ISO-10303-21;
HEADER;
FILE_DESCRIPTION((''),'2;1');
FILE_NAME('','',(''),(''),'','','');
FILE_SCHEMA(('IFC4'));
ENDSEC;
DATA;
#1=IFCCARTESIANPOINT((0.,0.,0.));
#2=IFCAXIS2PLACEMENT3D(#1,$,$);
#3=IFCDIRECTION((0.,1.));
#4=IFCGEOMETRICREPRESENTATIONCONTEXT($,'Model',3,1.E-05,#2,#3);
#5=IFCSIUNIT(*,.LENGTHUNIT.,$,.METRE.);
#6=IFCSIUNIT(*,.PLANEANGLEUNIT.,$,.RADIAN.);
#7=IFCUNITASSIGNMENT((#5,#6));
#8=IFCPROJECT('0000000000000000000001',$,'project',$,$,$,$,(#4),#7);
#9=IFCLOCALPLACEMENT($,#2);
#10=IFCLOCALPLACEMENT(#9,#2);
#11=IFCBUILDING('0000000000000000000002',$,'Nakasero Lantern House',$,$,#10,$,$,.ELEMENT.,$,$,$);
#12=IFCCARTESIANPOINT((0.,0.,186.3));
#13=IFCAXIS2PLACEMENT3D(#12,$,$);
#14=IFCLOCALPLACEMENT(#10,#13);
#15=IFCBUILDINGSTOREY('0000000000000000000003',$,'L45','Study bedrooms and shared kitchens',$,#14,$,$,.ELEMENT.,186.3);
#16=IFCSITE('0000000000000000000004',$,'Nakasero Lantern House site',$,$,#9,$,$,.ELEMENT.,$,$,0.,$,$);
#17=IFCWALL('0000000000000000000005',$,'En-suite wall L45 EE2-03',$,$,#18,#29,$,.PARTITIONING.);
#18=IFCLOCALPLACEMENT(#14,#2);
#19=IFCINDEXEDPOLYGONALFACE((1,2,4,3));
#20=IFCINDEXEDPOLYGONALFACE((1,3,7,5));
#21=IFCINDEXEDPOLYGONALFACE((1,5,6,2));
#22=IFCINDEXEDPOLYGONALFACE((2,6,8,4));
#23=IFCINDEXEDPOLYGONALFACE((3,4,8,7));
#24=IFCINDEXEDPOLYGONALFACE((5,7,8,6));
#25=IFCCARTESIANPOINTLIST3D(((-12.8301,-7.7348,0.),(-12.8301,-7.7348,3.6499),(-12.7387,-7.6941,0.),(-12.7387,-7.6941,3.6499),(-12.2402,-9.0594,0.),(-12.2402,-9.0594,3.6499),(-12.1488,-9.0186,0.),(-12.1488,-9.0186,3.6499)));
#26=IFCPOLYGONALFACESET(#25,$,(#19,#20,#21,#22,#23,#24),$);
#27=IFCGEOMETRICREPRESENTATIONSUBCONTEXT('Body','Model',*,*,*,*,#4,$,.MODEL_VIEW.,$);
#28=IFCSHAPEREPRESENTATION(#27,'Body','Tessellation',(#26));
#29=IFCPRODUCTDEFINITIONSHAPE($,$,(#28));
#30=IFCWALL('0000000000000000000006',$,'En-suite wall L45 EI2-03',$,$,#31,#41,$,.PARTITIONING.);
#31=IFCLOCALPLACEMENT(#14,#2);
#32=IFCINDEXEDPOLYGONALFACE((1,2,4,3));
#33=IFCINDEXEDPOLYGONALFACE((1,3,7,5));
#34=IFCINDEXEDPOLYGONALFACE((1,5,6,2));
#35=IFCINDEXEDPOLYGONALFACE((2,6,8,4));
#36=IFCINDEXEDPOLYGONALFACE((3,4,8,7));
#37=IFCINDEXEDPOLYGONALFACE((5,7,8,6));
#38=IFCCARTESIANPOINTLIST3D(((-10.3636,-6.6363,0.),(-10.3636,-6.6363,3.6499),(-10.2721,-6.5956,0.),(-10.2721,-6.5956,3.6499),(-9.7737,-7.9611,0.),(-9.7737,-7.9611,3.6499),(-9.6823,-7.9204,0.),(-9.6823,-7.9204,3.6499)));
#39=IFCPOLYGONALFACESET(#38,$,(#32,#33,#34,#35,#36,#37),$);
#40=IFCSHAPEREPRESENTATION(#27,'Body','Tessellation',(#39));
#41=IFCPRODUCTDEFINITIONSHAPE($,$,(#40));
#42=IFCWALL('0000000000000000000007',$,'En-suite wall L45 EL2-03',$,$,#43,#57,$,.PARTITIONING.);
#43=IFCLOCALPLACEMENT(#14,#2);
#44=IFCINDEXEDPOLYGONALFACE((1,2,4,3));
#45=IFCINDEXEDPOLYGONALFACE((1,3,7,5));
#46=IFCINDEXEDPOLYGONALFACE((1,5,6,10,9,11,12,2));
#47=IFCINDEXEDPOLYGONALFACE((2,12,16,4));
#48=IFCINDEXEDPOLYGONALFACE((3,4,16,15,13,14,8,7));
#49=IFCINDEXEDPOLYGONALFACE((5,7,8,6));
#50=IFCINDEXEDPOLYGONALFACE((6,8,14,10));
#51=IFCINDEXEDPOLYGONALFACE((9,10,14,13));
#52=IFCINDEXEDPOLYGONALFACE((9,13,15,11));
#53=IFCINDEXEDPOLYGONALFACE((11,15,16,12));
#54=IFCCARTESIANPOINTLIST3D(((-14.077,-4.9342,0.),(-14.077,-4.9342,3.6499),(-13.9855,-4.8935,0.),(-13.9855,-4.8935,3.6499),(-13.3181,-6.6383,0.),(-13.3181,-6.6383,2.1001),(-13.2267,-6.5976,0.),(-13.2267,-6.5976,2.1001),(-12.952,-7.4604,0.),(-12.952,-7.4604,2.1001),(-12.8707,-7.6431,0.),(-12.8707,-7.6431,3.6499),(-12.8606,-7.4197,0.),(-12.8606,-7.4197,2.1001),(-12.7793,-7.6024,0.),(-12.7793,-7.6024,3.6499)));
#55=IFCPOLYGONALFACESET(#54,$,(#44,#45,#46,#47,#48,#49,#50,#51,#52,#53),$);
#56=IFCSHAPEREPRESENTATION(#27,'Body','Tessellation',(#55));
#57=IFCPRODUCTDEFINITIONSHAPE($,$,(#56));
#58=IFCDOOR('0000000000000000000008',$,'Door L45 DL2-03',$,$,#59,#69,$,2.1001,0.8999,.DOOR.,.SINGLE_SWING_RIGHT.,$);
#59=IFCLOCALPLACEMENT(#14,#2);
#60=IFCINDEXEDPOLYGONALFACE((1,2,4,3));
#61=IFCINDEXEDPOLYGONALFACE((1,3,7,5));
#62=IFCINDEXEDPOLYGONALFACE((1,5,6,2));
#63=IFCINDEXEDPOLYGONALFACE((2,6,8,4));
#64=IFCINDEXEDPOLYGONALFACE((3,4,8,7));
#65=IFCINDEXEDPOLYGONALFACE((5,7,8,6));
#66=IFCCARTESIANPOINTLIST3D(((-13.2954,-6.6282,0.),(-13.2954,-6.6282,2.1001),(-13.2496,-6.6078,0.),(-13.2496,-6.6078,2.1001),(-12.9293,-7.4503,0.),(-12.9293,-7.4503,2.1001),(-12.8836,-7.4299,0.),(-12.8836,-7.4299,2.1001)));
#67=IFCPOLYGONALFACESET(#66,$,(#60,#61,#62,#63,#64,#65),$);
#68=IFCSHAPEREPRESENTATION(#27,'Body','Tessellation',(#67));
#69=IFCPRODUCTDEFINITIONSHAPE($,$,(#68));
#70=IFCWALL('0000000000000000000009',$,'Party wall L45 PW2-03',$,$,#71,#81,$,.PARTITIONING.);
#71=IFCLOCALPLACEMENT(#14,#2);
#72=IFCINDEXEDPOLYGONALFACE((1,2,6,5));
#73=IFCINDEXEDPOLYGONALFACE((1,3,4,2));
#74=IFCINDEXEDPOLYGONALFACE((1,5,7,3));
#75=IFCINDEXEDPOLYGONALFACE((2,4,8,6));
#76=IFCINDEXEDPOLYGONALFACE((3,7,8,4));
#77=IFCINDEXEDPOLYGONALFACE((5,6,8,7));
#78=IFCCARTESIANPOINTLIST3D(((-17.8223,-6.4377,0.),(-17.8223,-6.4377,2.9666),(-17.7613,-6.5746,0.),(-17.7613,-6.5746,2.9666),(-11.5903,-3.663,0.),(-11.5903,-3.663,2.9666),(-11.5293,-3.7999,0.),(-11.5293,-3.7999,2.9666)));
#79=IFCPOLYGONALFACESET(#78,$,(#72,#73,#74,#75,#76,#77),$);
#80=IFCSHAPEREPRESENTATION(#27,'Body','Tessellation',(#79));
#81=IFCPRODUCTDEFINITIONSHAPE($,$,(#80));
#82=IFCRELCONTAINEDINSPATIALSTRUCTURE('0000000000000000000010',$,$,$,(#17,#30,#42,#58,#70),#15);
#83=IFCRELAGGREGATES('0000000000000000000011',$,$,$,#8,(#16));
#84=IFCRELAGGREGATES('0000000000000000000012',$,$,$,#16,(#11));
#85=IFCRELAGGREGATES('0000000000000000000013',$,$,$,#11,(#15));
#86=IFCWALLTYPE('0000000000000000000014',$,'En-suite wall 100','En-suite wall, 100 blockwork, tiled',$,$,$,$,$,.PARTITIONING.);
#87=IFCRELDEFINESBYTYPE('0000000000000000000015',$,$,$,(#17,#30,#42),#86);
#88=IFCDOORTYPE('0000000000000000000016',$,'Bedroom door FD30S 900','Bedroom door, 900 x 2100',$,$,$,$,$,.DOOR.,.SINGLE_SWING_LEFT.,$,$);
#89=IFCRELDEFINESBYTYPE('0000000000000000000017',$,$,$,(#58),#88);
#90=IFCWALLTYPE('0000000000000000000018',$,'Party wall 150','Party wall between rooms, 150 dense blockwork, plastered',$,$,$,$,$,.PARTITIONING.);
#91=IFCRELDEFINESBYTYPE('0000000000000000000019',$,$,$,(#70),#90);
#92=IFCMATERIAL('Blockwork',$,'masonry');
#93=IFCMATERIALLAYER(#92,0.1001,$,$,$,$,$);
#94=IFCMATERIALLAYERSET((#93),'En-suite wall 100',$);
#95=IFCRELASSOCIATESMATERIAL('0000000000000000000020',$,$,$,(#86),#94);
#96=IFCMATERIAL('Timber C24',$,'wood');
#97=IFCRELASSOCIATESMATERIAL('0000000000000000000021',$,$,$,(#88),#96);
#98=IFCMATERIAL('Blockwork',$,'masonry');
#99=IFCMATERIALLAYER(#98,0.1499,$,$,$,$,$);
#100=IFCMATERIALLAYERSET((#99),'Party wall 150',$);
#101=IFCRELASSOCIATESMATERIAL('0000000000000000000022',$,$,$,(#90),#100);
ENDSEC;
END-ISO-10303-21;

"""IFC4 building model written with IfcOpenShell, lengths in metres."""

from ifc_helpers import new_model, si_unit, direction, frame, frame_2d, origin, place, context, subcontext, project, spatial, rectangle, extrude, material, layer, layer_set, type_object, element, fill, save


model = new_model("IFC4")

# Units and contexts
model_context = context("Model", 3, precision=1e-05, world=origin(), true_north=direction((0.0, 1.0)))
body_context = subcontext(model_context, "Body", "Model", "MODEL_VIEW")
ifc_project = project(units=[si_unit("LENGTHUNIT", "METRE"), si_unit("PLANEANGLEUNIT", "RADIAN")], contexts=[model_context])

# Site, building, storey
site_placement = place(None, origin())
site = spatial("IfcSite", under=ifc_project, at=site_placement, Name="Nakasero Lantern House site", CompositionType="ELEMENT", RefElevation=0.0)
building_placement = place(site_placement, origin())
building = spatial("IfcBuilding", under=site, at=building_placement, Name="Nakasero Lantern House", CompositionType="ELEMENT")
storey_placement = place(building_placement, frame((0.0, 0.0, 186.3)))
storey = spatial("IfcBuildingStorey", under=building, at=storey_placement, Name="L45", Description="Study bedrooms and shared kitchens", CompositionType="ELEMENT", Elevation=186.3)

# Walls
ifc_material_1 = material(Name="Blockwork", Category="masonry")
ifc_layer_1 = layer(ifc_material_1, 0.1001)
ifc_layer_set_1 = layer_set([ifc_layer_1], Name="En-suite wall 100")
wall_type_1 = type_object("IfcWallType", Name="En-suite wall 100", Description="En-suite wall, 100 blockwork, tiled", PredefinedType="PARTITIONING", material=ifc_layer_set_1)
wall_1_placement = place(storey_placement, frame((-12.7844, -7.7144, 0.0), z_axis=(0.0, 0.0, 1.0), x_axis=(0.406826, -0.913506, 0.0)))
element("IfcWall", 1, at=wall_1_placement, inside=storey, type_object=wall_type_1, Name="En-suite wall L45 EE2-03", PredefinedType="PARTITIONING", context=body_context, shape_type="SweptSolid", body=[
    extrude(rectangle(XDim=1.45, YDim=0.1001, at=frame_2d((0.7251, 0.0))), origin(), (0.0, 0.0, 1.0), 3.6499),
])
wall_2_placement = place(storey_placement, frame((-10.3179, -6.616, 0.0), z_axis=(0.0, 0.0, 1.0), x_axis=(0.406763, -0.913534, 0.0)))
element("IfcWall", 2, at=wall_2_placement, inside=storey, type_object=wall_type_1, Name="En-suite wall L45 EI2-03", PredefinedType="PARTITIONING", context=body_context, shape_type="SweptSolid", body=[
    extrude(rectangle(XDim=1.4502, YDim=0.1001, at=frame_2d((0.7251, 0.0))), origin(), (0.0, 0.0, 1.0), 3.6499),
])

# Wall, opening, door
wall_3_placement = place(storey_placement, frame((-14.0312, -4.9138, 0.0), z_axis=(0.0, 0.0, 1.0), x_axis=(0.406788, -0.913523, 0.0)))
wall_3 = element("IfcWall", 3, at=wall_3_placement, inside=storey, type_object=wall_type_1, Name="En-suite wall L45 EL2-03", PredefinedType="PARTITIONING", context=body_context, shape_type="SweptSolid", body=[
    extrude(rectangle(XDim=2.9653, YDim=0.1001, at=frame_2d((1.4827, 0.0))), origin(), (0.0, 0.0, 1.0), 3.6499),
])
opening_1_placement = place(wall_3_placement, frame((1.8655, 0.0, 0.0)))
opening_1 = element("IfcOpeningElement", 4, at=opening_1_placement, cuts=wall_3, PredefinedType="OPENING", context=body_context, shape_type="SweptSolid", body=[
    extrude(rectangle(XDim=0.8999, YDim=2.1001, at=frame_2d((0.45, 1.05))), frame((0.0, 0.0701, 0.0), z_axis=(0.0, -1.0, 0.0), x_axis=(1.0, 0.0, 0.0)), (0.0, 0.0, 1.0), 0.1401),
])
ifc_material_2 = material(Name="Timber C24", Category="wood")
door_type_1 = type_object("IfcDoorType", Name="Bedroom door FD30S 900", Description="Bedroom door, 900 x 2100", OperationType="SINGLE_SWING_LEFT", PredefinedType="DOOR", material=ifc_material_2)
door_1_placement = place(opening_1_placement, origin())
door_1 = element("IfcDoor", 5, at=door_1_placement, inside=storey, type_object=door_type_1, Name="Door L45 DL2-03", OperationType="SINGLE_SWING_RIGHT", OverallHeight=2.1001, OverallWidth=0.8999, PredefinedType="DOOR", context=body_context, shape_type="SweptSolid", body=[
    extrude(rectangle(XDim=0.8999, YDim=2.1001, at=frame_2d((0.45, 1.05))), frame((0.0, 0.0249, 0.0), z_axis=(0.0, -1.0, 0.0), x_axis=(1.0, 0.0, 0.0)), (0.0, 0.0, 1.0), 0.05),
])
fill(opening_1, door_1)

# Wall
ifc_material_3 = material(Name="Blockwork", Category="masonry")
ifc_layer_2 = layer(ifc_material_3, 0.1499)
ifc_layer_set_2 = layer_set([ifc_layer_2], Name="Party wall 150")
wall_type_2 = type_object("IfcWallType", Name="Party wall 150", Description="Party wall between rooms, 150 dense blockwork, plastered", PredefinedType="PARTITIONING", material=ifc_layer_set_2)
wall_4_placement = place(storey_placement, frame((-11.5598, -3.7314, 0.0), z_axis=(0.0, 0.0, 1.0), x_axis=(-0.913544, -0.406739, 0.0)))
element("IfcWall", 6, at=wall_4_placement, inside=storey, type_object=wall_type_2, Name="Party wall L45 PW2-03", PredefinedType="PARTITIONING", context=body_context, shape_type="SweptSolid", body=[
    extrude(rectangle(XDim=6.8218, YDim=0.1499, at=frame_2d((3.4109, 0.0))), origin(), (0.0, 0.0, 1.0), 2.9666),
])

save(model, "model.ifc")
